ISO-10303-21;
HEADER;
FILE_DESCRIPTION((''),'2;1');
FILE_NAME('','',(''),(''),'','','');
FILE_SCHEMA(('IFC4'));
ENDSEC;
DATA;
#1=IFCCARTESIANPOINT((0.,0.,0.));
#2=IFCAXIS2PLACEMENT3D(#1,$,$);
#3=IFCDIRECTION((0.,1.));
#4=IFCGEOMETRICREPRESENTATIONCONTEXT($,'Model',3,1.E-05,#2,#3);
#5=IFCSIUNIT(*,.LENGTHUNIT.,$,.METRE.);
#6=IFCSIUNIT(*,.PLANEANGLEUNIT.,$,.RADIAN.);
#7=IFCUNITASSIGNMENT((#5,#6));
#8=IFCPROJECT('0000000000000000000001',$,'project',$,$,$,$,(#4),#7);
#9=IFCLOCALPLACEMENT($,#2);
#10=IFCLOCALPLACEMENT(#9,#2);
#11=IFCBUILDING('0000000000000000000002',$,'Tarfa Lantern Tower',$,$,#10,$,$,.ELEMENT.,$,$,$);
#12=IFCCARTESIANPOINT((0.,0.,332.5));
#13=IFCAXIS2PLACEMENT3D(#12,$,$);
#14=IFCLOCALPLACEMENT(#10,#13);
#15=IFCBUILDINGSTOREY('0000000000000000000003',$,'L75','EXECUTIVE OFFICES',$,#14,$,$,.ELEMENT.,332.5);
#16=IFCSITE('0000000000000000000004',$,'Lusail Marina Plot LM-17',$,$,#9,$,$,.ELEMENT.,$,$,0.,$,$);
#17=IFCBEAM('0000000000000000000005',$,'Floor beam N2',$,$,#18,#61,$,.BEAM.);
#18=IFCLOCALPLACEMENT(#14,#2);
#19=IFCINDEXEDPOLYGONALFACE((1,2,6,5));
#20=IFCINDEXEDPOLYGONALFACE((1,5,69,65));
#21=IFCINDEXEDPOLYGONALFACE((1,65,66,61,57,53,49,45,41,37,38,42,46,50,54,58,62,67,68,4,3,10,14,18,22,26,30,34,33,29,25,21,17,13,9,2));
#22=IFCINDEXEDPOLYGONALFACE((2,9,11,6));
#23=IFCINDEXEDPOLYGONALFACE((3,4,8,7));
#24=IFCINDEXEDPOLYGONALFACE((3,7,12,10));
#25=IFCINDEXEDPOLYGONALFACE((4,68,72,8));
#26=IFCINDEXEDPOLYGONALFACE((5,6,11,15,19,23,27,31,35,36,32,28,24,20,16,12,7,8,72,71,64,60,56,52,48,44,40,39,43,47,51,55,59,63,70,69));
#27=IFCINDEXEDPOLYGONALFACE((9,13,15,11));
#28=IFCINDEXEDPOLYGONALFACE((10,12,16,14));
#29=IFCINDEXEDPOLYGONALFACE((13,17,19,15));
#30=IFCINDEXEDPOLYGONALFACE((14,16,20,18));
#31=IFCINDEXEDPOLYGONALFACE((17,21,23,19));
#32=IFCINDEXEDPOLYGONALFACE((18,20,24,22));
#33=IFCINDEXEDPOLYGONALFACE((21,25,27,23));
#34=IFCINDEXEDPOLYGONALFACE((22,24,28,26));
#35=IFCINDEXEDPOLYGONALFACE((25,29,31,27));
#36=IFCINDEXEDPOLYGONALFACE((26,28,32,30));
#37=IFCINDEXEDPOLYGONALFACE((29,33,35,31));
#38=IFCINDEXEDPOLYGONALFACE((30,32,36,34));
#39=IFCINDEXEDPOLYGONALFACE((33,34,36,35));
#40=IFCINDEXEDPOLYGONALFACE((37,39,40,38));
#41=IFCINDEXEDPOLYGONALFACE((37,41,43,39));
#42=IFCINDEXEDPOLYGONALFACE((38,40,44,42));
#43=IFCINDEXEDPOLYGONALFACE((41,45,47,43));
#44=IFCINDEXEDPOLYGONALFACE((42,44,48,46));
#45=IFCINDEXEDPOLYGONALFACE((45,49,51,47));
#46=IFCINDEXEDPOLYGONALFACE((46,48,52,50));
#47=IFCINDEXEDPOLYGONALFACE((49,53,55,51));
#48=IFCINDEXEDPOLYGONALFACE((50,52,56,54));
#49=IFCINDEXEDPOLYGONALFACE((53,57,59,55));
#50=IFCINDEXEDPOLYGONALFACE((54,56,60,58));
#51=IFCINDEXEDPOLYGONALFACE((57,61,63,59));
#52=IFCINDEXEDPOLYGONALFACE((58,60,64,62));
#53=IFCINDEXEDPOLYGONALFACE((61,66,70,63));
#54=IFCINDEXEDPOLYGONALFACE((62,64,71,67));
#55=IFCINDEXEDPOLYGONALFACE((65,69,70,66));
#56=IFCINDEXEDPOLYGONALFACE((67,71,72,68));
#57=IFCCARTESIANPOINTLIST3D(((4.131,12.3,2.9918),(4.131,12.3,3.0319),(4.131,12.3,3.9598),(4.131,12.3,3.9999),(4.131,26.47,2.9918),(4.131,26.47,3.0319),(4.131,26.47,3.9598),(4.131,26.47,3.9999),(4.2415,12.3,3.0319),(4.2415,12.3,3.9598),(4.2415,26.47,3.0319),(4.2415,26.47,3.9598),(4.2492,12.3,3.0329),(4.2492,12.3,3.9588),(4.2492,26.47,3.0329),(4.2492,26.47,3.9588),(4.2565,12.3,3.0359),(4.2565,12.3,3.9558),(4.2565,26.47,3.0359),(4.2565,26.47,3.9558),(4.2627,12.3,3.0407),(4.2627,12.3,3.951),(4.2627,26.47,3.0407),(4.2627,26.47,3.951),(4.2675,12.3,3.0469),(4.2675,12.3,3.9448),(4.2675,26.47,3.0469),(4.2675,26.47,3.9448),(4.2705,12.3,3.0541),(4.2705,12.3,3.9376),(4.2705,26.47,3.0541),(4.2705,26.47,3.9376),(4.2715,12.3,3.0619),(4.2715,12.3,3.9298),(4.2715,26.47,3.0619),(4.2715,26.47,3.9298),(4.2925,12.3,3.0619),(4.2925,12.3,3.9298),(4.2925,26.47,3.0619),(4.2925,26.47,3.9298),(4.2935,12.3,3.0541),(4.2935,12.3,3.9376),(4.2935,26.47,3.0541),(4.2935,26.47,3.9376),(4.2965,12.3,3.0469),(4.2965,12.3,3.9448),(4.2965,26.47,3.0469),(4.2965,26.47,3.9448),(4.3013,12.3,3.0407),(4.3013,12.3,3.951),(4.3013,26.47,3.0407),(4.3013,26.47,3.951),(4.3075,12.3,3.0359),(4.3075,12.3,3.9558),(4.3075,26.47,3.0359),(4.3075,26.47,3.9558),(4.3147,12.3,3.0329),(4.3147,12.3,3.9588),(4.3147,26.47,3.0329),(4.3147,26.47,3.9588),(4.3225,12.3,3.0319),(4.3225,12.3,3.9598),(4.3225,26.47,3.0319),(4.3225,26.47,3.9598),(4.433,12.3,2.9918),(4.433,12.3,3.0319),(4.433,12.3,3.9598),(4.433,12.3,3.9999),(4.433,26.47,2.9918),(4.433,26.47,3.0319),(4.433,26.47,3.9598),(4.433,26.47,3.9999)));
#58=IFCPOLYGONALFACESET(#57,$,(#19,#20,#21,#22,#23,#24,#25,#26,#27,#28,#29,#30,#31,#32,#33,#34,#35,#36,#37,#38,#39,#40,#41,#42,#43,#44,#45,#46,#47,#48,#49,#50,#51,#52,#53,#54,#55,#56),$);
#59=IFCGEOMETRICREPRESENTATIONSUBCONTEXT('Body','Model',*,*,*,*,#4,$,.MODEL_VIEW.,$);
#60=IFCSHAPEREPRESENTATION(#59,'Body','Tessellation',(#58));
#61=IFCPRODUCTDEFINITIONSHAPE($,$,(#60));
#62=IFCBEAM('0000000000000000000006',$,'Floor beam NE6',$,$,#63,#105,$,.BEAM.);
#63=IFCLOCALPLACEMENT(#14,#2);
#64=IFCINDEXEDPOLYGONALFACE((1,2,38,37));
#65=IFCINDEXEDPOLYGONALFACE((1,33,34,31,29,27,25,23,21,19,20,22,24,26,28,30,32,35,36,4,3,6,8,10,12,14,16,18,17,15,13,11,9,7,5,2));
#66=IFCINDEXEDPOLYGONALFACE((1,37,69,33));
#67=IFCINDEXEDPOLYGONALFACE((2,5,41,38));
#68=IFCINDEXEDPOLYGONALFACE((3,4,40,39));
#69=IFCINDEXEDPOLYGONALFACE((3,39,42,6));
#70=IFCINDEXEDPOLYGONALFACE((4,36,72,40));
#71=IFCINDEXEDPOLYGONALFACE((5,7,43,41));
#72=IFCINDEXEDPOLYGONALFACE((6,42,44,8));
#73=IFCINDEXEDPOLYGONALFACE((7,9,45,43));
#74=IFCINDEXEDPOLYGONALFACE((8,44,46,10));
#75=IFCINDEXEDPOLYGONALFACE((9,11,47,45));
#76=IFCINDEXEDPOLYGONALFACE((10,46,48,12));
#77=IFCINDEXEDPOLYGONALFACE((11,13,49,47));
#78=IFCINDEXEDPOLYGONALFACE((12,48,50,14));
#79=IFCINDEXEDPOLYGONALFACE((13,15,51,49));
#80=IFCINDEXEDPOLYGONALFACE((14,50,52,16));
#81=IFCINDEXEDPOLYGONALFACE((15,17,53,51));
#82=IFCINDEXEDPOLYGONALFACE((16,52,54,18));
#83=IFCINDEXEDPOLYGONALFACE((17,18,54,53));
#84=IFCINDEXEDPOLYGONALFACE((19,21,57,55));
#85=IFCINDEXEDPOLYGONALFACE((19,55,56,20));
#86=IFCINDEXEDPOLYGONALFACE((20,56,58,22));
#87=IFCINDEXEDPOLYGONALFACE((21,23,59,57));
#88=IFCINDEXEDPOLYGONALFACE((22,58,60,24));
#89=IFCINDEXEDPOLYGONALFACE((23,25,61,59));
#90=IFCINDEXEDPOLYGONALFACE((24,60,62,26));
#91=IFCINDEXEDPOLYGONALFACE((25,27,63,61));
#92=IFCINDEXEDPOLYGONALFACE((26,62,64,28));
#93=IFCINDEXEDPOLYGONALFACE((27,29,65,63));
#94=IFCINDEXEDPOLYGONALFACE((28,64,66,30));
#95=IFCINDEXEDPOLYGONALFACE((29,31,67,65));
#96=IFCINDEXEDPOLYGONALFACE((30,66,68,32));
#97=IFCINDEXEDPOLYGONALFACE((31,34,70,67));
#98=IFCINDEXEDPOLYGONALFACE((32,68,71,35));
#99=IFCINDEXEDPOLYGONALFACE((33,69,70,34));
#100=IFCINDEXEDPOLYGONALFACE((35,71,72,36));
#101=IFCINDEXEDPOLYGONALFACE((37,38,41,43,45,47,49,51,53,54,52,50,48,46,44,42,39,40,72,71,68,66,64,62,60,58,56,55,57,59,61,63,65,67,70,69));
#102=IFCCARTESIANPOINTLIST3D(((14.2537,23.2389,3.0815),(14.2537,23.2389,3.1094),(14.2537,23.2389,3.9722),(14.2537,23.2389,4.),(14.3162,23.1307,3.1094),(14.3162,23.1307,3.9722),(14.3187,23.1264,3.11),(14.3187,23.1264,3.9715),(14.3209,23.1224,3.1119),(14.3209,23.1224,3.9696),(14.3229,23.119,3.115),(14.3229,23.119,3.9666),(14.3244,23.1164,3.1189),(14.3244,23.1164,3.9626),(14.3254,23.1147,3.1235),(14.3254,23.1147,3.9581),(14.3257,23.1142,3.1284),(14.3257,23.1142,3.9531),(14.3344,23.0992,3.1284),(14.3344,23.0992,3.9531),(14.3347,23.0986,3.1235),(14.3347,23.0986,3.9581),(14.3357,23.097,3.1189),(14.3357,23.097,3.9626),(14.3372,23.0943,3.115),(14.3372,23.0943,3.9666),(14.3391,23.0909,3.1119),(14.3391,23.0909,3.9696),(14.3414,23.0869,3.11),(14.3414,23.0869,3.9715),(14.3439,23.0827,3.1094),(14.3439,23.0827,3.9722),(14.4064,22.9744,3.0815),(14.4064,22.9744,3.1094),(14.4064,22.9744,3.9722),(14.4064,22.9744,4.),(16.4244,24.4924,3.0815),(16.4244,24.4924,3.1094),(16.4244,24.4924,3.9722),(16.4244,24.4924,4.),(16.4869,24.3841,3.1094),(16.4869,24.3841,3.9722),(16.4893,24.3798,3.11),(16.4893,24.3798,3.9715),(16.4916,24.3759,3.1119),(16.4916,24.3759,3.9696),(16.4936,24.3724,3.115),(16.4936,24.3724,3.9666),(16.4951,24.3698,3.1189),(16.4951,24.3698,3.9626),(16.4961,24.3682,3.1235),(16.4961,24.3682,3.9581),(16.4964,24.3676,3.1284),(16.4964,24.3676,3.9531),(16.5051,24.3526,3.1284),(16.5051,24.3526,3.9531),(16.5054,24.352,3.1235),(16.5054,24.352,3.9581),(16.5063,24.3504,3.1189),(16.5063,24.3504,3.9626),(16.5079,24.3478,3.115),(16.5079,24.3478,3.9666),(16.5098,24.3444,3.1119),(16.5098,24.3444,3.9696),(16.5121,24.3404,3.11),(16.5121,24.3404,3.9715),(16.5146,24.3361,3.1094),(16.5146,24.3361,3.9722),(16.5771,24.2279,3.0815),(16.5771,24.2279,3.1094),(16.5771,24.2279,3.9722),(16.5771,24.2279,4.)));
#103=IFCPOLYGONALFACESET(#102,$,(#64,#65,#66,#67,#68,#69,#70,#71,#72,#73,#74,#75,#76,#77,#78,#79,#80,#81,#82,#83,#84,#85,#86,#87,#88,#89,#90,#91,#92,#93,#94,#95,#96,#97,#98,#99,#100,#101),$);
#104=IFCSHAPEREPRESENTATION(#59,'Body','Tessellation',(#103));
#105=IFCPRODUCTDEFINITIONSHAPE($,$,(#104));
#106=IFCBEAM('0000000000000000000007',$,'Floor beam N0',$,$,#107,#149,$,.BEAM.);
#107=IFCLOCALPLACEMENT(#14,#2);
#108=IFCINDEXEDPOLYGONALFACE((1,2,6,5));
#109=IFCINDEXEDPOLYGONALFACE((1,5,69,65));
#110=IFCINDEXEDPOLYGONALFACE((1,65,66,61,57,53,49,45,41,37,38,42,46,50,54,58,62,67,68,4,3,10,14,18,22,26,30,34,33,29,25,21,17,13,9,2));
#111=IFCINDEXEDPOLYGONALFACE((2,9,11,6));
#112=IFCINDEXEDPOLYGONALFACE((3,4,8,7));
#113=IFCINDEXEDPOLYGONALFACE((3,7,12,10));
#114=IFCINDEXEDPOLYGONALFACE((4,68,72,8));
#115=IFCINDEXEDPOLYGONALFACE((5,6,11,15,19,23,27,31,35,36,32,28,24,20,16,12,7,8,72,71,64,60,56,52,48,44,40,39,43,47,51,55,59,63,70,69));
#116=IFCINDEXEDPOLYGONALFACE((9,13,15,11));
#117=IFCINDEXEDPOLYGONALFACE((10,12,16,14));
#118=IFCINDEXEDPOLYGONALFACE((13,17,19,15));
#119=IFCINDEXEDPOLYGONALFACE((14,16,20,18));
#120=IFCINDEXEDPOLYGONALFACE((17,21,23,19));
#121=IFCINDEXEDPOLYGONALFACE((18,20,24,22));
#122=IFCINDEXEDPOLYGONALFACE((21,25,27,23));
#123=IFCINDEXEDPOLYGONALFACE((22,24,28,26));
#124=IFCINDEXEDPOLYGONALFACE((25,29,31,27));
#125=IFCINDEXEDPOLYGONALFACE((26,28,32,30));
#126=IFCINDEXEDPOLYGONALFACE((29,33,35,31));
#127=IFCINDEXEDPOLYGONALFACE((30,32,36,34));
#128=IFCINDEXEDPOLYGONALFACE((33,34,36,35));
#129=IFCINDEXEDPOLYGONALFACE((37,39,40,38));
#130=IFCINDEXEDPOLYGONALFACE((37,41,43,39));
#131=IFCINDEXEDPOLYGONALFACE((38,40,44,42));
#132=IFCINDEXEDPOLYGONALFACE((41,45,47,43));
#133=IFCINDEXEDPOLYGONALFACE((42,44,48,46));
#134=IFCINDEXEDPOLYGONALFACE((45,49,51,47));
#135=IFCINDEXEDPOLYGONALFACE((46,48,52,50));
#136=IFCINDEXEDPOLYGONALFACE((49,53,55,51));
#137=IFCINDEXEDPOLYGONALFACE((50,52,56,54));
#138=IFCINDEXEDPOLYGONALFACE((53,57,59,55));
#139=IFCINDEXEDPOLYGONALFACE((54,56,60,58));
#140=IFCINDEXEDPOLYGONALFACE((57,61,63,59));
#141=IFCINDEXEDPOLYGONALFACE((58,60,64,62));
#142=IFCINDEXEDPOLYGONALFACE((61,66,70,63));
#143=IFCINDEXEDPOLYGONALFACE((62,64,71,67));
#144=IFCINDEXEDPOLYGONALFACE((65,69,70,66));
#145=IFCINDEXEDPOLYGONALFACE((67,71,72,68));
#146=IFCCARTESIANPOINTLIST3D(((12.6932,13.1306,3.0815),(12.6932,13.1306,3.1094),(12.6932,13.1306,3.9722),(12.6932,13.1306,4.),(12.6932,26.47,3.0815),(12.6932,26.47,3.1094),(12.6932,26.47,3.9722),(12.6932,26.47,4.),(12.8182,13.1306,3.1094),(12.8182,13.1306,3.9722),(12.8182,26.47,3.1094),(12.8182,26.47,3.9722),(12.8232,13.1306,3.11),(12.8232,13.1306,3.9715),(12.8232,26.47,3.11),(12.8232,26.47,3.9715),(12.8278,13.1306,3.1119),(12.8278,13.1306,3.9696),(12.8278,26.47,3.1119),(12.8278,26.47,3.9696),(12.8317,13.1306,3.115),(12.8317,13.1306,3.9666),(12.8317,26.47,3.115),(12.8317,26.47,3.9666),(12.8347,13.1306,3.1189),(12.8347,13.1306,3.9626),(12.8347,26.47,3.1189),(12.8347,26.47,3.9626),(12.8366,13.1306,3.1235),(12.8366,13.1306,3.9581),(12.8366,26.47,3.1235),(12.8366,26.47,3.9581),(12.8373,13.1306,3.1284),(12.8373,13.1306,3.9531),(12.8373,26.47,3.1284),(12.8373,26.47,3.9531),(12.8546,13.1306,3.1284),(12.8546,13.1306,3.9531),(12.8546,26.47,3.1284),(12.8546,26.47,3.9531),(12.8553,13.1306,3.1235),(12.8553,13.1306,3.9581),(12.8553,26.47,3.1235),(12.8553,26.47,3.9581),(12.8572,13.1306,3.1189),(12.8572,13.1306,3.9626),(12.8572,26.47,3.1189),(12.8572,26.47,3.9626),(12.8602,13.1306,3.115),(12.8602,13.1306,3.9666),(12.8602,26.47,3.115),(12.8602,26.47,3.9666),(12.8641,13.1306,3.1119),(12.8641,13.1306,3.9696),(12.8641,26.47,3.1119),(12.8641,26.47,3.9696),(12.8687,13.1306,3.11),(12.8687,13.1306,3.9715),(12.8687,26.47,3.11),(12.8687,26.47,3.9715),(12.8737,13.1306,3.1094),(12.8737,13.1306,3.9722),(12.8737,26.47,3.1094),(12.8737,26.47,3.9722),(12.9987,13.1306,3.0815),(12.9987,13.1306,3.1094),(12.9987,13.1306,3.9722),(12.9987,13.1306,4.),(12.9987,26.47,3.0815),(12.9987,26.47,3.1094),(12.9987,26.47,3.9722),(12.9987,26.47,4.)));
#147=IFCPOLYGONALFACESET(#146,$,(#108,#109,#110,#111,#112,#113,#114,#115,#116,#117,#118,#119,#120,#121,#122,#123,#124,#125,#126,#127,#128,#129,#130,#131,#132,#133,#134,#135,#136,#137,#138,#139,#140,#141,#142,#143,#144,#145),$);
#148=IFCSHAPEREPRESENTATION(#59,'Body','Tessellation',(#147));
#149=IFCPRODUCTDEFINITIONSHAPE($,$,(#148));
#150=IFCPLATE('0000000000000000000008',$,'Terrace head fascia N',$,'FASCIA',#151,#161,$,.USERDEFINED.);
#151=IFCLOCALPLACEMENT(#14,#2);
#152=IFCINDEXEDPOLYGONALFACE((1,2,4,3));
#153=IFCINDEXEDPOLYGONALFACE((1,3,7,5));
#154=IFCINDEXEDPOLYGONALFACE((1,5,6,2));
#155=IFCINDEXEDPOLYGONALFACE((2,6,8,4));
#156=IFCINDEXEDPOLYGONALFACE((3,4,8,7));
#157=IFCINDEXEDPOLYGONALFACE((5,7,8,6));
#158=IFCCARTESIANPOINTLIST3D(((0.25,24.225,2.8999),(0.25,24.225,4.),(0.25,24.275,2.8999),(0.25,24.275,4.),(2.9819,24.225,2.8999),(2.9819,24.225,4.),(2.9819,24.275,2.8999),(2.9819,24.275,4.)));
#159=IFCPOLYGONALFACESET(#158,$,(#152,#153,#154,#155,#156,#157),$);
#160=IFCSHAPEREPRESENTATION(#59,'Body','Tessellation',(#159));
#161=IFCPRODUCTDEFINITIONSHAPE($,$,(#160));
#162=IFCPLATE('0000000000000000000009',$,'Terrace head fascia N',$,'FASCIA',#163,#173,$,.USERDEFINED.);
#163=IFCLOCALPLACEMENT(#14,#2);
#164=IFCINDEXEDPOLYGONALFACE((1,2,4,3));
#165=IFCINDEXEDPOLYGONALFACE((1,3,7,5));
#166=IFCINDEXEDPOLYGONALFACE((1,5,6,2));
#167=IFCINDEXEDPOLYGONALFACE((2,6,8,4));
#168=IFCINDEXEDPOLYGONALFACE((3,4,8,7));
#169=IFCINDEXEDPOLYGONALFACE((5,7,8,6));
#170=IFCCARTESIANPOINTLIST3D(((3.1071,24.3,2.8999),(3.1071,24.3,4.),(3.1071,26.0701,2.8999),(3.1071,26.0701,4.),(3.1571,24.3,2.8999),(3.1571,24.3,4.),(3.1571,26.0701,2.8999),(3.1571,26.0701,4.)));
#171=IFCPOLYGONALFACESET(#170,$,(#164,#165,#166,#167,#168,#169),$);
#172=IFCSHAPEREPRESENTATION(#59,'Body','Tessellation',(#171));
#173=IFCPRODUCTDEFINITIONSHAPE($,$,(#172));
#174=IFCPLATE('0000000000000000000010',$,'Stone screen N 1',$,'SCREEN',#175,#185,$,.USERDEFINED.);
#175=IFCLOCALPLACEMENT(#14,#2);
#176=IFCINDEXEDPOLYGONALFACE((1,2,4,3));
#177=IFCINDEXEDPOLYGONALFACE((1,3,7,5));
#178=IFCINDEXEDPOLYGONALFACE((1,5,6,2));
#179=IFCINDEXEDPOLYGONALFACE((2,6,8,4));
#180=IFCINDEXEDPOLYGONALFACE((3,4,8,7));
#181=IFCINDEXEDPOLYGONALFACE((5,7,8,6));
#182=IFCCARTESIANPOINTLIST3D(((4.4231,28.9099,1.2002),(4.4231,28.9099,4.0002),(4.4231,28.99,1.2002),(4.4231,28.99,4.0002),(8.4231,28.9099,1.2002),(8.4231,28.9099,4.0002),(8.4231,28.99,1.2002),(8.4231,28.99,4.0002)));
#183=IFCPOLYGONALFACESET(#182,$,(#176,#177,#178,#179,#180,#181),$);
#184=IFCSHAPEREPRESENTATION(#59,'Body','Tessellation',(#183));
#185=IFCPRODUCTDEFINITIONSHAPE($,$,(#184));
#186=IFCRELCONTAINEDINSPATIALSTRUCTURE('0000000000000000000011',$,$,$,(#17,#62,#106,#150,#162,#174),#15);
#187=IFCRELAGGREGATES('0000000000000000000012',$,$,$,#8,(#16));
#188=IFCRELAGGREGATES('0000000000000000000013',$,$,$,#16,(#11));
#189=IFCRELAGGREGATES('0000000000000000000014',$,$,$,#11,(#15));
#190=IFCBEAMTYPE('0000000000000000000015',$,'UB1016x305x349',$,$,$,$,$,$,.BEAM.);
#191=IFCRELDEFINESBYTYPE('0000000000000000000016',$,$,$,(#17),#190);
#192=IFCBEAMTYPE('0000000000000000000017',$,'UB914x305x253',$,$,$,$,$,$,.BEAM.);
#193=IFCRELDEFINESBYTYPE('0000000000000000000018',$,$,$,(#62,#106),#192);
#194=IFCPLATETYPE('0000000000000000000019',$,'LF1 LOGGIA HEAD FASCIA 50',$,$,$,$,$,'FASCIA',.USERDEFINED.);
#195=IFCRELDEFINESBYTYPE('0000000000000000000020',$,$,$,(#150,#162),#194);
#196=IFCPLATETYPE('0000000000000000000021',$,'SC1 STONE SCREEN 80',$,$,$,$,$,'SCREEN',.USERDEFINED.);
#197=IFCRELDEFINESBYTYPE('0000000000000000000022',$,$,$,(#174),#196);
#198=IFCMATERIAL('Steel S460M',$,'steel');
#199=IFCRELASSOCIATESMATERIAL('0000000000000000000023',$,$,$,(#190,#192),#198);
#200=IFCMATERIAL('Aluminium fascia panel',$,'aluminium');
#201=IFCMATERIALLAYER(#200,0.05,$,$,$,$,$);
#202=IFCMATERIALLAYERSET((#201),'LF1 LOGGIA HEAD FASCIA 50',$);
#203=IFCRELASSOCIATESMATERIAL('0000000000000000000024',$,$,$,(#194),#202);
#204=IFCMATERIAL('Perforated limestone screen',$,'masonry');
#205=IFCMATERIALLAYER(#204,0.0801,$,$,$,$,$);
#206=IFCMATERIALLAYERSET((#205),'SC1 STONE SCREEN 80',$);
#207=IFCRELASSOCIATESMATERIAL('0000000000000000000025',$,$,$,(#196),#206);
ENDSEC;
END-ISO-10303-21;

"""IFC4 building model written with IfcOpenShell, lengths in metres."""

from ifc_helpers import new_model, si_unit, direction, frame, origin, origin_2d, place, context, subcontext, project, spatial, rectangle, i_section, extrude, material, layer, layer_set, material_profile, profile_set, type_object, element, save


model = new_model("IFC4")

# Units and contexts
model_context = context("Model", 3, precision=1e-05, world=origin(), true_north=direction((0.0, 1.0)))
body_context = subcontext(model_context, "Body", "Model", "MODEL_VIEW")
ifc_project = project(units=[si_unit("LENGTHUNIT", "METRE"), si_unit("PLANEANGLEUNIT", "RADIAN")], contexts=[model_context])

# Site, building, storey
site_placement = place(None, origin())
site = spatial("IfcSite", under=ifc_project, at=site_placement, Name="Lusail Marina Plot LM-17", CompositionType="ELEMENT", RefElevation=0.0)
building_placement = place(site_placement, origin())
building = spatial("IfcBuilding", under=site, at=building_placement, Name="Tarfa Lantern Tower", CompositionType="ELEMENT")
storey_placement = place(building_placement, frame((0.0, 0.0, 332.5)))
storey = spatial("IfcBuildingStorey", under=building, at=storey_placement, Name="L75", Description="EXECUTIVE OFFICES", CompositionType="ELEMENT", Elevation=332.5)

# Beams
ifc_material_1 = material(Name="Steel S460M", Category="steel")
ifc_material_profile_1 = material_profile(ifc_material_1, i_section(OverallWidth=0.302, OverallDepth=1.0081, WebThickness=0.021, FlangeThickness=0.04, FilletRadius=0.03, at=origin_2d()), Name="UB1016x305x349")
ifc_profile_set_1 = profile_set([ifc_material_profile_1], Name="Steel S460M")
beam_type_1 = type_object("IfcBeamType", Name="UB1016x305x349", PredefinedType="BEAM", material=ifc_profile_set_1)
for number, where, z_axis, x_axis, name in (
    (1, (4.282, 26.47, 3.4958), (0.0, -1.0, 0.0), (1.0, 0.0, 0.0), "Floor beam N2"),
):
    element("IfcBeam", number, at=place(storey_placement, frame(where, z_axis=z_axis, x_axis=x_axis)), inside=storey, type_object=beam_type_1, Name=name, PredefinedType="BEAM", context=body_context, shape_type="SweptSolid", body=[
        extrude(i_section(OverallWidth=0.302, OverallDepth=1.0081, WebThickness=0.021, FlangeThickness=0.04, FilletRadius=0.03, at=origin_2d()), origin(), (0.0, 0.0, 1.0), 14.1699),
    ])
ifc_material_profile_2 = material_profile(ifc_material_1, i_section(OverallWidth=0.3054, OverallDepth=0.9185, WebThickness=0.0173, FlangeThickness=0.0278, FilletRadius=0.019, at=origin_2d()), Name="UB914x305x253")
ifc_profile_set_2 = profile_set([ifc_material_profile_2], Name="Steel S460M")
beam_type_2 = type_object("IfcBeamType", Name="UB914x305x253", PredefinedType="BEAM", material=ifc_profile_set_2)
beam_1_placement = place(storey_placement, frame((16.5007, 24.3601, 3.5408), z_axis=(-0.865993, -0.500057, 0.0), x_axis=(0.500057, -0.865993, 0.0)))
element("IfcBeam", 2, at=beam_1_placement, inside=storey, type_object=beam_type_2, Name="Floor beam NE6", PredefinedType="BEAM", context=body_context, shape_type="SweptSolid", body=[
    extrude(i_section(OverallWidth=0.3054, OverallDepth=0.9185, WebThickness=0.0173, FlangeThickness=0.0278, FilletRadius=0.019, at=origin_2d()), origin(), (0.0, 0.0, 1.0), 2.5066),
])
beam_2_placement = place(storey_placement, frame((12.8459, 26.47, 3.5408), z_axis=(0.0, -1.0, 0.0), x_axis=(1.0, 0.0, 0.0)))
element("IfcBeam", 3, at=beam_2_placement, inside=storey, type_object=beam_type_2, Name="Floor beam N0", PredefinedType="BEAM", context=body_context, shape_type="SweptSolid", body=[
    extrude(i_section(OverallWidth=0.3054, OverallDepth=0.9185, WebThickness=0.0173, FlangeThickness=0.0278, FilletRadius=0.019, at=origin_2d()), origin(), (0.0, 0.0, 1.0), 13.3394),
])

# Plates
ifc_material_2 = material(Name="Aluminium fascia panel", Category="aluminium")
ifc_layer_1 = layer(ifc_material_2, 0.05)
ifc_layer_set_1 = layer_set([ifc_layer_1], Name="LF1 LOGGIA HEAD FASCIA 50")
plate_type_1 = type_object("IfcPlateType", Name="LF1 LOGGIA HEAD FASCIA 50", ElementType="FASCIA", PredefinedType="USERDEFINED", material=ifc_layer_set_1)
plate_1_placement = place(storey_placement, frame((1.616, 24.25, 2.8999), z_axis=(0.0, 0.0, 1.0), x_axis=(-1.0, 0.0, 0.0)))
element("IfcPlate", 4, at=plate_1_placement, inside=storey, type_object=plate_type_1, Name="Terrace head fascia N", ObjectType="FASCIA", PredefinedType="USERDEFINED", context=body_context, shape_type="SweptSolid", body=[
    extrude(rectangle(XDim=2.7319, YDim=0.05, at=origin_2d()), origin(), (0.0, 0.0, 1.0), 1.1001),
])
plate_2_placement = place(storey_placement, frame((3.1321, 25.1851, 2.8999), z_axis=(0.0, 0.0, 1.0), x_axis=(0.0, -1.0, 0.0)))
element("IfcPlate", 5, at=plate_2_placement, inside=storey, type_object=plate_type_1, Name="Terrace head fascia N", ObjectType="FASCIA", PredefinedType="USERDEFINED", context=body_context, shape_type="SweptSolid", body=[
    extrude(rectangle(XDim=1.77, YDim=0.05, at=origin_2d()), origin(), (0.0, 0.0, 1.0), 1.1001),
])
ifc_material_3 = material(Name="Perforated limestone screen", Category="masonry")
ifc_layer_2 = layer(ifc_material_3, 0.0801)
ifc_layer_set_2 = layer_set([ifc_layer_2], Name="SC1 STONE SCREEN 80")
plate_type_2 = type_object("IfcPlateType", Name="SC1 STONE SCREEN 80", ElementType="SCREEN", PredefinedType="USERDEFINED", material=ifc_layer_set_2)
plate_3_placement = place(storey_placement, frame((6.4231, 28.95, 1.2002), z_axis=(0.0, 0.0, 1.0), x_axis=(-1.0, 0.0, 0.0)))
element("IfcPlate", 6, at=plate_3_placement, inside=storey, type_object=plate_type_2, Name="Stone screen N 1", ObjectType="SCREEN", PredefinedType="USERDEFINED", context=body_context, shape_type="SweptSolid", body=[
    extrude(rectangle(XDim=4.0, YDim=0.0801, at=origin_2d()), origin(), (0.0, 0.0, 1.0), 2.8),
])

save(model, "model.ifc")
